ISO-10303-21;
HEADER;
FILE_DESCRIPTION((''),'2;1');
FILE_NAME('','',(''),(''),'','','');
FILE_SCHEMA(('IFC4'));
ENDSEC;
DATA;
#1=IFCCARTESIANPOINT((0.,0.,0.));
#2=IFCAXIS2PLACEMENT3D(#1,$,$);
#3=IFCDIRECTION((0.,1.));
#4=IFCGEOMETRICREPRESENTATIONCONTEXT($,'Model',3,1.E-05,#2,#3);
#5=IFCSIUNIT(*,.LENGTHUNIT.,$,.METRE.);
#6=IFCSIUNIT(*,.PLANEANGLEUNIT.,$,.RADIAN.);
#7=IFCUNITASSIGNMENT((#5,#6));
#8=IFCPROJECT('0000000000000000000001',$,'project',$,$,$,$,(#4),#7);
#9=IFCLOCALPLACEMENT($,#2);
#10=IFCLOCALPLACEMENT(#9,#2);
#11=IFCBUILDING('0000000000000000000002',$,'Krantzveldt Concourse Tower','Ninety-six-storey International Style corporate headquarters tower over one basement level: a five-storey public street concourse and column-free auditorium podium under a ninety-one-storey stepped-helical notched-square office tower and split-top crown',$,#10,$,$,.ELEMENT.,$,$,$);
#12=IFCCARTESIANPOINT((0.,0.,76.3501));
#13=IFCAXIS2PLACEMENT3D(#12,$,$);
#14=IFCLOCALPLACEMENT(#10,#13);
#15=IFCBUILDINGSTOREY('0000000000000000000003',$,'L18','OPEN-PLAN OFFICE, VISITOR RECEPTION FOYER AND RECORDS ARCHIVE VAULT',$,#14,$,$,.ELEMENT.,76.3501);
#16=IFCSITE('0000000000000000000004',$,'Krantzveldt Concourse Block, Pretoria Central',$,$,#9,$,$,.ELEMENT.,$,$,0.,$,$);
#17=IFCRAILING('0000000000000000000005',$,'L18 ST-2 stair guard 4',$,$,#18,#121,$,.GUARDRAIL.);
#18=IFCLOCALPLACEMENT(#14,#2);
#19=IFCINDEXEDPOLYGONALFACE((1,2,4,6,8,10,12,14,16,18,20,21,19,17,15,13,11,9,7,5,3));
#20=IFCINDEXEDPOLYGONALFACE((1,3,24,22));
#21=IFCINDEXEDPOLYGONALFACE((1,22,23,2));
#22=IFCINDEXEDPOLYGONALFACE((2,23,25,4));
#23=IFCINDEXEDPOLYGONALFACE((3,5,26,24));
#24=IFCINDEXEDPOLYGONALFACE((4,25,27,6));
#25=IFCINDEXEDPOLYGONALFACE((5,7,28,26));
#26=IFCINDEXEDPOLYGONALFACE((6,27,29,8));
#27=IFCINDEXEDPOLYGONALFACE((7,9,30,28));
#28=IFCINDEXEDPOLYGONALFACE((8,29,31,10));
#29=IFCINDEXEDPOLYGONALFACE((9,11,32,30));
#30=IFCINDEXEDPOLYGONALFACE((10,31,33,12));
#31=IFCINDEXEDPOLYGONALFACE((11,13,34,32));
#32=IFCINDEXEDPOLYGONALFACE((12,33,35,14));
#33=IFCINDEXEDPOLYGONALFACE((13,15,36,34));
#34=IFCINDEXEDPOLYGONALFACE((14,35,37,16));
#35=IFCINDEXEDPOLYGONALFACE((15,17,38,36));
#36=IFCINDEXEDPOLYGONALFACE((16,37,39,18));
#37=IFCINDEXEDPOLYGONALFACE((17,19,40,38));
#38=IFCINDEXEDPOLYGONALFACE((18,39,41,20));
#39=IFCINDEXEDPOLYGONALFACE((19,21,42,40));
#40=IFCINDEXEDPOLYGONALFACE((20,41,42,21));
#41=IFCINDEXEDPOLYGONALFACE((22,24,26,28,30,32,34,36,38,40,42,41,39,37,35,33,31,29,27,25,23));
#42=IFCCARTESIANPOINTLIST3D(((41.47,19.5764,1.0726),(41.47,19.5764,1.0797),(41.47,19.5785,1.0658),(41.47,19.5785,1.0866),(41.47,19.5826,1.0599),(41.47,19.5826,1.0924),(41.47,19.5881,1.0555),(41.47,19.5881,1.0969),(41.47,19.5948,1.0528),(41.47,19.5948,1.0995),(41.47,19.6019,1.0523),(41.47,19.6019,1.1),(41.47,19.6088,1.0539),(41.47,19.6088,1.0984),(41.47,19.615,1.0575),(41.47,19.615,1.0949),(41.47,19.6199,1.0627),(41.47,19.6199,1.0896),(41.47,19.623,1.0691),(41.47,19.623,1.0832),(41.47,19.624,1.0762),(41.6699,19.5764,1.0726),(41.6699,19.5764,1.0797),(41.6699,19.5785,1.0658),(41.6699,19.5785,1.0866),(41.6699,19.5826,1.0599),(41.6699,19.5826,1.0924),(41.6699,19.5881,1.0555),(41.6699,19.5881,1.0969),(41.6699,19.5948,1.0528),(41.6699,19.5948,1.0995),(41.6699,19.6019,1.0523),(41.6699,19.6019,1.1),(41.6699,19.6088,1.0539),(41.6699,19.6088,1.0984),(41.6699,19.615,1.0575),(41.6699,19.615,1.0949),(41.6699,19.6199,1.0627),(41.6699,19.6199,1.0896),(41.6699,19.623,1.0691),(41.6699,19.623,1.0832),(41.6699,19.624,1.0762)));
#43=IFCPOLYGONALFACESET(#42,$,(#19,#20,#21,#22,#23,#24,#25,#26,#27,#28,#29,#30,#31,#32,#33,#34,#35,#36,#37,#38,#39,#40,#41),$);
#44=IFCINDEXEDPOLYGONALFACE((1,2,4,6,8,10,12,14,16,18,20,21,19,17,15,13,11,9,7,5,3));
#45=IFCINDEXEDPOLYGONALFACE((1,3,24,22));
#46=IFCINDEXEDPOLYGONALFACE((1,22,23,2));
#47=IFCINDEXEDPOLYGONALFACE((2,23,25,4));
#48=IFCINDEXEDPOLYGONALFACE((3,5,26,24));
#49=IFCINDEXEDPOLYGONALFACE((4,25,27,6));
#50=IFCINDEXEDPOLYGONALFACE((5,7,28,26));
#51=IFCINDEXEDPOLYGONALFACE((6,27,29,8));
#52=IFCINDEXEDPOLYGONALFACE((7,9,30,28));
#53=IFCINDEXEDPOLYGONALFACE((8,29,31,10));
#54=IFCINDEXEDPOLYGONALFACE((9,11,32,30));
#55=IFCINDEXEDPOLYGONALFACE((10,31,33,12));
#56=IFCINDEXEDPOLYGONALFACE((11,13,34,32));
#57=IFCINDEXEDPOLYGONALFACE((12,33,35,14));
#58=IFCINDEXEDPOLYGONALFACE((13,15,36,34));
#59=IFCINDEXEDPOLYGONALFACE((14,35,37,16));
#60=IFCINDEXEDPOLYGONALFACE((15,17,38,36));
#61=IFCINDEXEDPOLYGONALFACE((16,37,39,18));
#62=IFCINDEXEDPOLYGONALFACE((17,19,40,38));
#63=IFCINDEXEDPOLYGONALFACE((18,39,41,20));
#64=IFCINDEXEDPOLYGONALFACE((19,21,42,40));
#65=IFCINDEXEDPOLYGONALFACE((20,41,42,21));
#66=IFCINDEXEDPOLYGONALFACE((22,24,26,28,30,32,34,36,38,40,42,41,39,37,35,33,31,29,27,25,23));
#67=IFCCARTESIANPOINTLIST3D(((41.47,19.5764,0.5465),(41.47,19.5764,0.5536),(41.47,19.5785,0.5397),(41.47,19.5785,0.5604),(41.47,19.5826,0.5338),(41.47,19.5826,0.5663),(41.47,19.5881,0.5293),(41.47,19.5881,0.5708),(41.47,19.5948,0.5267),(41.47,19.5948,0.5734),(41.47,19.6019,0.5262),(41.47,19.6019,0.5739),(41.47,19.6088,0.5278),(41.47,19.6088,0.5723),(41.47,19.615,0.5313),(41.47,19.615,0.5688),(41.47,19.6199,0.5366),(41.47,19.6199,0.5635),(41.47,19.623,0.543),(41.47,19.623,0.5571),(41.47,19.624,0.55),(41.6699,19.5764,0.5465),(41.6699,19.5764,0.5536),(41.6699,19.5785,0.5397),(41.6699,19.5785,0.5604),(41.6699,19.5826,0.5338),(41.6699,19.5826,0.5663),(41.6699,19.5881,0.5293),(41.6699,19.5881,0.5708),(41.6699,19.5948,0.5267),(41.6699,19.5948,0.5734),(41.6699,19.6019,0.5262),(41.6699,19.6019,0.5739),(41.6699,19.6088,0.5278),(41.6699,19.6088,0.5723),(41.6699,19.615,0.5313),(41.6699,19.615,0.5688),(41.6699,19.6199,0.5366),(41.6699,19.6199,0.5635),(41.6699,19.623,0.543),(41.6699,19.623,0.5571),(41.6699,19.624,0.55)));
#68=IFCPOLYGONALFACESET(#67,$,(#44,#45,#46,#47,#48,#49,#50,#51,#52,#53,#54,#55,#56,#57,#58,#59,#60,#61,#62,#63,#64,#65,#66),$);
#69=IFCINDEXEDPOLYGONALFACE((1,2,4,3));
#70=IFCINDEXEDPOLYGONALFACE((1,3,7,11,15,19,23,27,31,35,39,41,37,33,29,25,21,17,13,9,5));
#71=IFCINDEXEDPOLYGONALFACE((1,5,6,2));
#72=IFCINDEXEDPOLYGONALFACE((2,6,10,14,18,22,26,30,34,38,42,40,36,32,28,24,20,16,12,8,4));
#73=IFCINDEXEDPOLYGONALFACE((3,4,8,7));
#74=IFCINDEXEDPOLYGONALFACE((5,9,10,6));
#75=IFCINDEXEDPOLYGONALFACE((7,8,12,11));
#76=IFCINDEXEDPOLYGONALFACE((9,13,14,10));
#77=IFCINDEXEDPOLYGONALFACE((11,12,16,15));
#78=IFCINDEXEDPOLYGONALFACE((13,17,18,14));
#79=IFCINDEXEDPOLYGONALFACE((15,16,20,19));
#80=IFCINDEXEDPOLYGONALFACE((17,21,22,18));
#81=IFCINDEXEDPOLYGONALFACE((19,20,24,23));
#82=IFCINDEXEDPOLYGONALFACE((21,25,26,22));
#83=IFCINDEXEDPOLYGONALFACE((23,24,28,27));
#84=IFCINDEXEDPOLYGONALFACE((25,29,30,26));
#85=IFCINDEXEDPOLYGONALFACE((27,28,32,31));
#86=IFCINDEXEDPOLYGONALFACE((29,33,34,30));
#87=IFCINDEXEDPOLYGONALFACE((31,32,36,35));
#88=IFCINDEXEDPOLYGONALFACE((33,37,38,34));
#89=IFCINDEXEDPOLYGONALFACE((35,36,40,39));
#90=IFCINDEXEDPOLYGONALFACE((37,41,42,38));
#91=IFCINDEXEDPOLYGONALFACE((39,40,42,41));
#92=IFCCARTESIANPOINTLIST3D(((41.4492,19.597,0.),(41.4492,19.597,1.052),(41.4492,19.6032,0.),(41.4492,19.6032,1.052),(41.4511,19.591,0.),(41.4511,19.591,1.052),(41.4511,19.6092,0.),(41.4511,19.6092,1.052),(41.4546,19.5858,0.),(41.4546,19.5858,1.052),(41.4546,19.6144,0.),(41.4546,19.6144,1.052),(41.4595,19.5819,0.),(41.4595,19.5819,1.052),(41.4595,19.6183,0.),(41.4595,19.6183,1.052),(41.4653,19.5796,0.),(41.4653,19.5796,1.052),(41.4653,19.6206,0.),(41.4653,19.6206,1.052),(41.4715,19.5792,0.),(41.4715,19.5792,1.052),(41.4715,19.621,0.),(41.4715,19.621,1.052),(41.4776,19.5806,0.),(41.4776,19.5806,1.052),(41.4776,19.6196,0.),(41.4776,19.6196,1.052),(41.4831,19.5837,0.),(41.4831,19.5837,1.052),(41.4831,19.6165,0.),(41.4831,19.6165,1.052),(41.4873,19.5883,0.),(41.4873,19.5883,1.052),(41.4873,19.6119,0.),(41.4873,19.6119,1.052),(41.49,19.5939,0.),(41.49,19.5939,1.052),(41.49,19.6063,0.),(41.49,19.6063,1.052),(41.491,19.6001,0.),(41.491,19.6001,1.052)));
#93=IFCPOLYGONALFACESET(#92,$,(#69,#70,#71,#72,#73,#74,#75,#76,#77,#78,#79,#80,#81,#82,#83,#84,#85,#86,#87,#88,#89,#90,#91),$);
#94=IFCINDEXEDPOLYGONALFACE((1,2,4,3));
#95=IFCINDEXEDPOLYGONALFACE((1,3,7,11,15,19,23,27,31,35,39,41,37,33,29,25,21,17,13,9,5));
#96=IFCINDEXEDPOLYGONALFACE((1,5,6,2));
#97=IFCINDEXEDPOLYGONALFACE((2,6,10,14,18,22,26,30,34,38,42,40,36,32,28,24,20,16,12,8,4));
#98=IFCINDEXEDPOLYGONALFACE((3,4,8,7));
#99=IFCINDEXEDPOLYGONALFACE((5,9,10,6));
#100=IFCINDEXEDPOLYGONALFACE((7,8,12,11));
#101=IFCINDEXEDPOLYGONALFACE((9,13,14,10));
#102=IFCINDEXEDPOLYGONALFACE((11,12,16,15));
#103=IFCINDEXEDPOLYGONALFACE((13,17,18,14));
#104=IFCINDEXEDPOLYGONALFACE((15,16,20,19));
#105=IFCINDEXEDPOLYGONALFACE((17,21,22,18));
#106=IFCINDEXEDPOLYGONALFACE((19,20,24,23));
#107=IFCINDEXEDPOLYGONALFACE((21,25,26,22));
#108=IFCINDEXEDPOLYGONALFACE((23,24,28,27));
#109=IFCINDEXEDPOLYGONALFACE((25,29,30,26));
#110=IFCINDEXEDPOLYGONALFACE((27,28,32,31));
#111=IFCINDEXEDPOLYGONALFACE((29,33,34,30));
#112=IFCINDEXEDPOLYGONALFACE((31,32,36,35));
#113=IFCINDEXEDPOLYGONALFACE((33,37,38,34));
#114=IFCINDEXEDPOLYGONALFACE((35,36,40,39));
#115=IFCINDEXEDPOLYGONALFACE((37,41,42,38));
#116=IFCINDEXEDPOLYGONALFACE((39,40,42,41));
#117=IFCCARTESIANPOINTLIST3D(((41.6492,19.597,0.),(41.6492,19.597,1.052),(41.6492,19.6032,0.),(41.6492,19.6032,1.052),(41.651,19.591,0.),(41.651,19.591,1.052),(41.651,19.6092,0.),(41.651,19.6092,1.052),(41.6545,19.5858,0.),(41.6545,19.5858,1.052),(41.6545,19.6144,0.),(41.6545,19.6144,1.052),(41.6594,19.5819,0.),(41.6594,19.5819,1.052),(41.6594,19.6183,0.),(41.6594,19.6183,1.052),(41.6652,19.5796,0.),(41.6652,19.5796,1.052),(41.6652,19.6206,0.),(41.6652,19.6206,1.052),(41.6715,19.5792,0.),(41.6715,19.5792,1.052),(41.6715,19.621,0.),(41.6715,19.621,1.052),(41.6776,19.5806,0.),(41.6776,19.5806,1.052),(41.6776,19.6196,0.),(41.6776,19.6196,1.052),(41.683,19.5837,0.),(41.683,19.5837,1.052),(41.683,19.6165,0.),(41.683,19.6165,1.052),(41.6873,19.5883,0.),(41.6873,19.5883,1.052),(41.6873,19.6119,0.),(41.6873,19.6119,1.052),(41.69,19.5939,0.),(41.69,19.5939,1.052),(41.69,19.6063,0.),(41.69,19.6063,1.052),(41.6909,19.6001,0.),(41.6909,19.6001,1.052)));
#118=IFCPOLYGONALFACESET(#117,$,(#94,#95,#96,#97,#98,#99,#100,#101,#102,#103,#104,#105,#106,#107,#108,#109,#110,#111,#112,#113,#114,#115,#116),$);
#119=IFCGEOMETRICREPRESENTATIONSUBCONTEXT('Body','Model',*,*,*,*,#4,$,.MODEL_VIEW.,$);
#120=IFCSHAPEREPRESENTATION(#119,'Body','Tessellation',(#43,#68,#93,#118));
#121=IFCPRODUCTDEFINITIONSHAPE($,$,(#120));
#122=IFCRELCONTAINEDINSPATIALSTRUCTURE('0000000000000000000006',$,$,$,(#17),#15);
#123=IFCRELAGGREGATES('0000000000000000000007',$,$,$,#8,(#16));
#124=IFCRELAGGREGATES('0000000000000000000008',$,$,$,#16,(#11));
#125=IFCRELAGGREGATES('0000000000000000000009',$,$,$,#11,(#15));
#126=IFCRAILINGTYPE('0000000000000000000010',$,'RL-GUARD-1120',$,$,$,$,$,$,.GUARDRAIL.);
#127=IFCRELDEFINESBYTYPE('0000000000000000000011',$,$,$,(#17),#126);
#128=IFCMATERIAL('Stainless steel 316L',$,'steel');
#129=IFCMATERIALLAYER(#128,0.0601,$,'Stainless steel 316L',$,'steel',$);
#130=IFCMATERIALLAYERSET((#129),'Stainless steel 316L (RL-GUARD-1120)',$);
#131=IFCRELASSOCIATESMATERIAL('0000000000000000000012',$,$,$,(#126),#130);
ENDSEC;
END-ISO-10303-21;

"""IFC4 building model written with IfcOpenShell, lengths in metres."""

from ifc_helpers import new_model, si_unit, direction, frame, origin, origin_2d, place, context, subcontext, project, spatial, circle, extrude, material, layer, layer_set, type_object, element, save


model = new_model("IFC4")

# Units and contexts
model_context = context("Model", 3, precision=1e-05, world=origin(), true_north=direction((0.0, 1.0)))
body_context = subcontext(model_context, "Body", "Model", "MODEL_VIEW")
ifc_project = project(units=[si_unit("LENGTHUNIT", "METRE"), si_unit("PLANEANGLEUNIT", "RADIAN")], contexts=[model_context])

# Site, building, storey
site_placement = place(None, origin())
site = spatial("IfcSite", under=ifc_project, at=site_placement, Name="Krantzveldt Concourse Block, Pretoria Central", CompositionType="ELEMENT", RefElevation=0.0)
building_placement = place(site_placement, origin())
building = spatial("IfcBuilding", under=site, at=building_placement, Name="Krantzveldt Concourse Tower", Description="Ninety-six-storey International Style corporate headquarters tower over one basement level: a five-storey public street concourse and column-free auditorium podium under a ninety-one-storey stepped-helical notched-square office tower and split-top crown", CompositionType="ELEMENT")
storey_placement = place(building_placement, frame((0.0, 0.0, 76.3501)))
storey = spatial("IfcBuildingStorey", under=building, at=storey_placement, Name="L18", Description="OPEN-PLAN OFFICE, VISITOR RECEPTION FOYER AND RECORDS ARCHIVE VAULT", CompositionType="ELEMENT", Elevation=76.3501)

# Shared definitions
ifc_material_1 = material(Name="Stainless steel 316L", Category="steel")

# Railing
ifc_layer_1 = layer(ifc_material_1, 0.0601, Name="Stainless steel 316L", Category="steel")
ifc_layer_set_1 = layer_set([ifc_layer_1], Name="Stainless steel 316L (RL-GUARD-1120)")
railing_type_1 = type_object("IfcRailingType", Name="RL-GUARD-1120", PredefinedType="GUARDRAIL", material=ifc_layer_set_1)
railing_1_placement = place(storey_placement, frame((41.47, 19.6001, 0.0)))
element("IfcRailing", 1, at=railing_1_placement, inside=storey, type_object=railing_type_1, Name="L18 ST-2 stair guard 4", PredefinedType="GUARDRAIL", context=body_context, shape_type="SweptSolid", body=[
    extrude(circle(Radius=0.0239, at=origin_2d()), frame((0.0, 0.0, 1.0762), z_axis=(1.0, 0.0, 0.0), x_axis=(0.0, 1.0, 0.0)), (0.0, 0.0, 1.0), 0.2),
    extrude(circle(Radius=0.0239, at=origin_2d()), frame((0.0, 0.0, 0.55), z_axis=(1.0, 0.0, 0.0), x_axis=(0.0, 1.0, 0.0)), (0.0, 0.0, 1.0), 0.2),
    extrude(circle(Radius=0.021, at=origin_2d()), origin(), (0.0, 0.0, 1.0), 1.052),
    extrude(circle(Radius=0.021, at=origin_2d()), frame((0.2, 0.0, 0.0)), (0.0, 0.0, 1.0), 1.052),
])

save(model, "model.ifc")
